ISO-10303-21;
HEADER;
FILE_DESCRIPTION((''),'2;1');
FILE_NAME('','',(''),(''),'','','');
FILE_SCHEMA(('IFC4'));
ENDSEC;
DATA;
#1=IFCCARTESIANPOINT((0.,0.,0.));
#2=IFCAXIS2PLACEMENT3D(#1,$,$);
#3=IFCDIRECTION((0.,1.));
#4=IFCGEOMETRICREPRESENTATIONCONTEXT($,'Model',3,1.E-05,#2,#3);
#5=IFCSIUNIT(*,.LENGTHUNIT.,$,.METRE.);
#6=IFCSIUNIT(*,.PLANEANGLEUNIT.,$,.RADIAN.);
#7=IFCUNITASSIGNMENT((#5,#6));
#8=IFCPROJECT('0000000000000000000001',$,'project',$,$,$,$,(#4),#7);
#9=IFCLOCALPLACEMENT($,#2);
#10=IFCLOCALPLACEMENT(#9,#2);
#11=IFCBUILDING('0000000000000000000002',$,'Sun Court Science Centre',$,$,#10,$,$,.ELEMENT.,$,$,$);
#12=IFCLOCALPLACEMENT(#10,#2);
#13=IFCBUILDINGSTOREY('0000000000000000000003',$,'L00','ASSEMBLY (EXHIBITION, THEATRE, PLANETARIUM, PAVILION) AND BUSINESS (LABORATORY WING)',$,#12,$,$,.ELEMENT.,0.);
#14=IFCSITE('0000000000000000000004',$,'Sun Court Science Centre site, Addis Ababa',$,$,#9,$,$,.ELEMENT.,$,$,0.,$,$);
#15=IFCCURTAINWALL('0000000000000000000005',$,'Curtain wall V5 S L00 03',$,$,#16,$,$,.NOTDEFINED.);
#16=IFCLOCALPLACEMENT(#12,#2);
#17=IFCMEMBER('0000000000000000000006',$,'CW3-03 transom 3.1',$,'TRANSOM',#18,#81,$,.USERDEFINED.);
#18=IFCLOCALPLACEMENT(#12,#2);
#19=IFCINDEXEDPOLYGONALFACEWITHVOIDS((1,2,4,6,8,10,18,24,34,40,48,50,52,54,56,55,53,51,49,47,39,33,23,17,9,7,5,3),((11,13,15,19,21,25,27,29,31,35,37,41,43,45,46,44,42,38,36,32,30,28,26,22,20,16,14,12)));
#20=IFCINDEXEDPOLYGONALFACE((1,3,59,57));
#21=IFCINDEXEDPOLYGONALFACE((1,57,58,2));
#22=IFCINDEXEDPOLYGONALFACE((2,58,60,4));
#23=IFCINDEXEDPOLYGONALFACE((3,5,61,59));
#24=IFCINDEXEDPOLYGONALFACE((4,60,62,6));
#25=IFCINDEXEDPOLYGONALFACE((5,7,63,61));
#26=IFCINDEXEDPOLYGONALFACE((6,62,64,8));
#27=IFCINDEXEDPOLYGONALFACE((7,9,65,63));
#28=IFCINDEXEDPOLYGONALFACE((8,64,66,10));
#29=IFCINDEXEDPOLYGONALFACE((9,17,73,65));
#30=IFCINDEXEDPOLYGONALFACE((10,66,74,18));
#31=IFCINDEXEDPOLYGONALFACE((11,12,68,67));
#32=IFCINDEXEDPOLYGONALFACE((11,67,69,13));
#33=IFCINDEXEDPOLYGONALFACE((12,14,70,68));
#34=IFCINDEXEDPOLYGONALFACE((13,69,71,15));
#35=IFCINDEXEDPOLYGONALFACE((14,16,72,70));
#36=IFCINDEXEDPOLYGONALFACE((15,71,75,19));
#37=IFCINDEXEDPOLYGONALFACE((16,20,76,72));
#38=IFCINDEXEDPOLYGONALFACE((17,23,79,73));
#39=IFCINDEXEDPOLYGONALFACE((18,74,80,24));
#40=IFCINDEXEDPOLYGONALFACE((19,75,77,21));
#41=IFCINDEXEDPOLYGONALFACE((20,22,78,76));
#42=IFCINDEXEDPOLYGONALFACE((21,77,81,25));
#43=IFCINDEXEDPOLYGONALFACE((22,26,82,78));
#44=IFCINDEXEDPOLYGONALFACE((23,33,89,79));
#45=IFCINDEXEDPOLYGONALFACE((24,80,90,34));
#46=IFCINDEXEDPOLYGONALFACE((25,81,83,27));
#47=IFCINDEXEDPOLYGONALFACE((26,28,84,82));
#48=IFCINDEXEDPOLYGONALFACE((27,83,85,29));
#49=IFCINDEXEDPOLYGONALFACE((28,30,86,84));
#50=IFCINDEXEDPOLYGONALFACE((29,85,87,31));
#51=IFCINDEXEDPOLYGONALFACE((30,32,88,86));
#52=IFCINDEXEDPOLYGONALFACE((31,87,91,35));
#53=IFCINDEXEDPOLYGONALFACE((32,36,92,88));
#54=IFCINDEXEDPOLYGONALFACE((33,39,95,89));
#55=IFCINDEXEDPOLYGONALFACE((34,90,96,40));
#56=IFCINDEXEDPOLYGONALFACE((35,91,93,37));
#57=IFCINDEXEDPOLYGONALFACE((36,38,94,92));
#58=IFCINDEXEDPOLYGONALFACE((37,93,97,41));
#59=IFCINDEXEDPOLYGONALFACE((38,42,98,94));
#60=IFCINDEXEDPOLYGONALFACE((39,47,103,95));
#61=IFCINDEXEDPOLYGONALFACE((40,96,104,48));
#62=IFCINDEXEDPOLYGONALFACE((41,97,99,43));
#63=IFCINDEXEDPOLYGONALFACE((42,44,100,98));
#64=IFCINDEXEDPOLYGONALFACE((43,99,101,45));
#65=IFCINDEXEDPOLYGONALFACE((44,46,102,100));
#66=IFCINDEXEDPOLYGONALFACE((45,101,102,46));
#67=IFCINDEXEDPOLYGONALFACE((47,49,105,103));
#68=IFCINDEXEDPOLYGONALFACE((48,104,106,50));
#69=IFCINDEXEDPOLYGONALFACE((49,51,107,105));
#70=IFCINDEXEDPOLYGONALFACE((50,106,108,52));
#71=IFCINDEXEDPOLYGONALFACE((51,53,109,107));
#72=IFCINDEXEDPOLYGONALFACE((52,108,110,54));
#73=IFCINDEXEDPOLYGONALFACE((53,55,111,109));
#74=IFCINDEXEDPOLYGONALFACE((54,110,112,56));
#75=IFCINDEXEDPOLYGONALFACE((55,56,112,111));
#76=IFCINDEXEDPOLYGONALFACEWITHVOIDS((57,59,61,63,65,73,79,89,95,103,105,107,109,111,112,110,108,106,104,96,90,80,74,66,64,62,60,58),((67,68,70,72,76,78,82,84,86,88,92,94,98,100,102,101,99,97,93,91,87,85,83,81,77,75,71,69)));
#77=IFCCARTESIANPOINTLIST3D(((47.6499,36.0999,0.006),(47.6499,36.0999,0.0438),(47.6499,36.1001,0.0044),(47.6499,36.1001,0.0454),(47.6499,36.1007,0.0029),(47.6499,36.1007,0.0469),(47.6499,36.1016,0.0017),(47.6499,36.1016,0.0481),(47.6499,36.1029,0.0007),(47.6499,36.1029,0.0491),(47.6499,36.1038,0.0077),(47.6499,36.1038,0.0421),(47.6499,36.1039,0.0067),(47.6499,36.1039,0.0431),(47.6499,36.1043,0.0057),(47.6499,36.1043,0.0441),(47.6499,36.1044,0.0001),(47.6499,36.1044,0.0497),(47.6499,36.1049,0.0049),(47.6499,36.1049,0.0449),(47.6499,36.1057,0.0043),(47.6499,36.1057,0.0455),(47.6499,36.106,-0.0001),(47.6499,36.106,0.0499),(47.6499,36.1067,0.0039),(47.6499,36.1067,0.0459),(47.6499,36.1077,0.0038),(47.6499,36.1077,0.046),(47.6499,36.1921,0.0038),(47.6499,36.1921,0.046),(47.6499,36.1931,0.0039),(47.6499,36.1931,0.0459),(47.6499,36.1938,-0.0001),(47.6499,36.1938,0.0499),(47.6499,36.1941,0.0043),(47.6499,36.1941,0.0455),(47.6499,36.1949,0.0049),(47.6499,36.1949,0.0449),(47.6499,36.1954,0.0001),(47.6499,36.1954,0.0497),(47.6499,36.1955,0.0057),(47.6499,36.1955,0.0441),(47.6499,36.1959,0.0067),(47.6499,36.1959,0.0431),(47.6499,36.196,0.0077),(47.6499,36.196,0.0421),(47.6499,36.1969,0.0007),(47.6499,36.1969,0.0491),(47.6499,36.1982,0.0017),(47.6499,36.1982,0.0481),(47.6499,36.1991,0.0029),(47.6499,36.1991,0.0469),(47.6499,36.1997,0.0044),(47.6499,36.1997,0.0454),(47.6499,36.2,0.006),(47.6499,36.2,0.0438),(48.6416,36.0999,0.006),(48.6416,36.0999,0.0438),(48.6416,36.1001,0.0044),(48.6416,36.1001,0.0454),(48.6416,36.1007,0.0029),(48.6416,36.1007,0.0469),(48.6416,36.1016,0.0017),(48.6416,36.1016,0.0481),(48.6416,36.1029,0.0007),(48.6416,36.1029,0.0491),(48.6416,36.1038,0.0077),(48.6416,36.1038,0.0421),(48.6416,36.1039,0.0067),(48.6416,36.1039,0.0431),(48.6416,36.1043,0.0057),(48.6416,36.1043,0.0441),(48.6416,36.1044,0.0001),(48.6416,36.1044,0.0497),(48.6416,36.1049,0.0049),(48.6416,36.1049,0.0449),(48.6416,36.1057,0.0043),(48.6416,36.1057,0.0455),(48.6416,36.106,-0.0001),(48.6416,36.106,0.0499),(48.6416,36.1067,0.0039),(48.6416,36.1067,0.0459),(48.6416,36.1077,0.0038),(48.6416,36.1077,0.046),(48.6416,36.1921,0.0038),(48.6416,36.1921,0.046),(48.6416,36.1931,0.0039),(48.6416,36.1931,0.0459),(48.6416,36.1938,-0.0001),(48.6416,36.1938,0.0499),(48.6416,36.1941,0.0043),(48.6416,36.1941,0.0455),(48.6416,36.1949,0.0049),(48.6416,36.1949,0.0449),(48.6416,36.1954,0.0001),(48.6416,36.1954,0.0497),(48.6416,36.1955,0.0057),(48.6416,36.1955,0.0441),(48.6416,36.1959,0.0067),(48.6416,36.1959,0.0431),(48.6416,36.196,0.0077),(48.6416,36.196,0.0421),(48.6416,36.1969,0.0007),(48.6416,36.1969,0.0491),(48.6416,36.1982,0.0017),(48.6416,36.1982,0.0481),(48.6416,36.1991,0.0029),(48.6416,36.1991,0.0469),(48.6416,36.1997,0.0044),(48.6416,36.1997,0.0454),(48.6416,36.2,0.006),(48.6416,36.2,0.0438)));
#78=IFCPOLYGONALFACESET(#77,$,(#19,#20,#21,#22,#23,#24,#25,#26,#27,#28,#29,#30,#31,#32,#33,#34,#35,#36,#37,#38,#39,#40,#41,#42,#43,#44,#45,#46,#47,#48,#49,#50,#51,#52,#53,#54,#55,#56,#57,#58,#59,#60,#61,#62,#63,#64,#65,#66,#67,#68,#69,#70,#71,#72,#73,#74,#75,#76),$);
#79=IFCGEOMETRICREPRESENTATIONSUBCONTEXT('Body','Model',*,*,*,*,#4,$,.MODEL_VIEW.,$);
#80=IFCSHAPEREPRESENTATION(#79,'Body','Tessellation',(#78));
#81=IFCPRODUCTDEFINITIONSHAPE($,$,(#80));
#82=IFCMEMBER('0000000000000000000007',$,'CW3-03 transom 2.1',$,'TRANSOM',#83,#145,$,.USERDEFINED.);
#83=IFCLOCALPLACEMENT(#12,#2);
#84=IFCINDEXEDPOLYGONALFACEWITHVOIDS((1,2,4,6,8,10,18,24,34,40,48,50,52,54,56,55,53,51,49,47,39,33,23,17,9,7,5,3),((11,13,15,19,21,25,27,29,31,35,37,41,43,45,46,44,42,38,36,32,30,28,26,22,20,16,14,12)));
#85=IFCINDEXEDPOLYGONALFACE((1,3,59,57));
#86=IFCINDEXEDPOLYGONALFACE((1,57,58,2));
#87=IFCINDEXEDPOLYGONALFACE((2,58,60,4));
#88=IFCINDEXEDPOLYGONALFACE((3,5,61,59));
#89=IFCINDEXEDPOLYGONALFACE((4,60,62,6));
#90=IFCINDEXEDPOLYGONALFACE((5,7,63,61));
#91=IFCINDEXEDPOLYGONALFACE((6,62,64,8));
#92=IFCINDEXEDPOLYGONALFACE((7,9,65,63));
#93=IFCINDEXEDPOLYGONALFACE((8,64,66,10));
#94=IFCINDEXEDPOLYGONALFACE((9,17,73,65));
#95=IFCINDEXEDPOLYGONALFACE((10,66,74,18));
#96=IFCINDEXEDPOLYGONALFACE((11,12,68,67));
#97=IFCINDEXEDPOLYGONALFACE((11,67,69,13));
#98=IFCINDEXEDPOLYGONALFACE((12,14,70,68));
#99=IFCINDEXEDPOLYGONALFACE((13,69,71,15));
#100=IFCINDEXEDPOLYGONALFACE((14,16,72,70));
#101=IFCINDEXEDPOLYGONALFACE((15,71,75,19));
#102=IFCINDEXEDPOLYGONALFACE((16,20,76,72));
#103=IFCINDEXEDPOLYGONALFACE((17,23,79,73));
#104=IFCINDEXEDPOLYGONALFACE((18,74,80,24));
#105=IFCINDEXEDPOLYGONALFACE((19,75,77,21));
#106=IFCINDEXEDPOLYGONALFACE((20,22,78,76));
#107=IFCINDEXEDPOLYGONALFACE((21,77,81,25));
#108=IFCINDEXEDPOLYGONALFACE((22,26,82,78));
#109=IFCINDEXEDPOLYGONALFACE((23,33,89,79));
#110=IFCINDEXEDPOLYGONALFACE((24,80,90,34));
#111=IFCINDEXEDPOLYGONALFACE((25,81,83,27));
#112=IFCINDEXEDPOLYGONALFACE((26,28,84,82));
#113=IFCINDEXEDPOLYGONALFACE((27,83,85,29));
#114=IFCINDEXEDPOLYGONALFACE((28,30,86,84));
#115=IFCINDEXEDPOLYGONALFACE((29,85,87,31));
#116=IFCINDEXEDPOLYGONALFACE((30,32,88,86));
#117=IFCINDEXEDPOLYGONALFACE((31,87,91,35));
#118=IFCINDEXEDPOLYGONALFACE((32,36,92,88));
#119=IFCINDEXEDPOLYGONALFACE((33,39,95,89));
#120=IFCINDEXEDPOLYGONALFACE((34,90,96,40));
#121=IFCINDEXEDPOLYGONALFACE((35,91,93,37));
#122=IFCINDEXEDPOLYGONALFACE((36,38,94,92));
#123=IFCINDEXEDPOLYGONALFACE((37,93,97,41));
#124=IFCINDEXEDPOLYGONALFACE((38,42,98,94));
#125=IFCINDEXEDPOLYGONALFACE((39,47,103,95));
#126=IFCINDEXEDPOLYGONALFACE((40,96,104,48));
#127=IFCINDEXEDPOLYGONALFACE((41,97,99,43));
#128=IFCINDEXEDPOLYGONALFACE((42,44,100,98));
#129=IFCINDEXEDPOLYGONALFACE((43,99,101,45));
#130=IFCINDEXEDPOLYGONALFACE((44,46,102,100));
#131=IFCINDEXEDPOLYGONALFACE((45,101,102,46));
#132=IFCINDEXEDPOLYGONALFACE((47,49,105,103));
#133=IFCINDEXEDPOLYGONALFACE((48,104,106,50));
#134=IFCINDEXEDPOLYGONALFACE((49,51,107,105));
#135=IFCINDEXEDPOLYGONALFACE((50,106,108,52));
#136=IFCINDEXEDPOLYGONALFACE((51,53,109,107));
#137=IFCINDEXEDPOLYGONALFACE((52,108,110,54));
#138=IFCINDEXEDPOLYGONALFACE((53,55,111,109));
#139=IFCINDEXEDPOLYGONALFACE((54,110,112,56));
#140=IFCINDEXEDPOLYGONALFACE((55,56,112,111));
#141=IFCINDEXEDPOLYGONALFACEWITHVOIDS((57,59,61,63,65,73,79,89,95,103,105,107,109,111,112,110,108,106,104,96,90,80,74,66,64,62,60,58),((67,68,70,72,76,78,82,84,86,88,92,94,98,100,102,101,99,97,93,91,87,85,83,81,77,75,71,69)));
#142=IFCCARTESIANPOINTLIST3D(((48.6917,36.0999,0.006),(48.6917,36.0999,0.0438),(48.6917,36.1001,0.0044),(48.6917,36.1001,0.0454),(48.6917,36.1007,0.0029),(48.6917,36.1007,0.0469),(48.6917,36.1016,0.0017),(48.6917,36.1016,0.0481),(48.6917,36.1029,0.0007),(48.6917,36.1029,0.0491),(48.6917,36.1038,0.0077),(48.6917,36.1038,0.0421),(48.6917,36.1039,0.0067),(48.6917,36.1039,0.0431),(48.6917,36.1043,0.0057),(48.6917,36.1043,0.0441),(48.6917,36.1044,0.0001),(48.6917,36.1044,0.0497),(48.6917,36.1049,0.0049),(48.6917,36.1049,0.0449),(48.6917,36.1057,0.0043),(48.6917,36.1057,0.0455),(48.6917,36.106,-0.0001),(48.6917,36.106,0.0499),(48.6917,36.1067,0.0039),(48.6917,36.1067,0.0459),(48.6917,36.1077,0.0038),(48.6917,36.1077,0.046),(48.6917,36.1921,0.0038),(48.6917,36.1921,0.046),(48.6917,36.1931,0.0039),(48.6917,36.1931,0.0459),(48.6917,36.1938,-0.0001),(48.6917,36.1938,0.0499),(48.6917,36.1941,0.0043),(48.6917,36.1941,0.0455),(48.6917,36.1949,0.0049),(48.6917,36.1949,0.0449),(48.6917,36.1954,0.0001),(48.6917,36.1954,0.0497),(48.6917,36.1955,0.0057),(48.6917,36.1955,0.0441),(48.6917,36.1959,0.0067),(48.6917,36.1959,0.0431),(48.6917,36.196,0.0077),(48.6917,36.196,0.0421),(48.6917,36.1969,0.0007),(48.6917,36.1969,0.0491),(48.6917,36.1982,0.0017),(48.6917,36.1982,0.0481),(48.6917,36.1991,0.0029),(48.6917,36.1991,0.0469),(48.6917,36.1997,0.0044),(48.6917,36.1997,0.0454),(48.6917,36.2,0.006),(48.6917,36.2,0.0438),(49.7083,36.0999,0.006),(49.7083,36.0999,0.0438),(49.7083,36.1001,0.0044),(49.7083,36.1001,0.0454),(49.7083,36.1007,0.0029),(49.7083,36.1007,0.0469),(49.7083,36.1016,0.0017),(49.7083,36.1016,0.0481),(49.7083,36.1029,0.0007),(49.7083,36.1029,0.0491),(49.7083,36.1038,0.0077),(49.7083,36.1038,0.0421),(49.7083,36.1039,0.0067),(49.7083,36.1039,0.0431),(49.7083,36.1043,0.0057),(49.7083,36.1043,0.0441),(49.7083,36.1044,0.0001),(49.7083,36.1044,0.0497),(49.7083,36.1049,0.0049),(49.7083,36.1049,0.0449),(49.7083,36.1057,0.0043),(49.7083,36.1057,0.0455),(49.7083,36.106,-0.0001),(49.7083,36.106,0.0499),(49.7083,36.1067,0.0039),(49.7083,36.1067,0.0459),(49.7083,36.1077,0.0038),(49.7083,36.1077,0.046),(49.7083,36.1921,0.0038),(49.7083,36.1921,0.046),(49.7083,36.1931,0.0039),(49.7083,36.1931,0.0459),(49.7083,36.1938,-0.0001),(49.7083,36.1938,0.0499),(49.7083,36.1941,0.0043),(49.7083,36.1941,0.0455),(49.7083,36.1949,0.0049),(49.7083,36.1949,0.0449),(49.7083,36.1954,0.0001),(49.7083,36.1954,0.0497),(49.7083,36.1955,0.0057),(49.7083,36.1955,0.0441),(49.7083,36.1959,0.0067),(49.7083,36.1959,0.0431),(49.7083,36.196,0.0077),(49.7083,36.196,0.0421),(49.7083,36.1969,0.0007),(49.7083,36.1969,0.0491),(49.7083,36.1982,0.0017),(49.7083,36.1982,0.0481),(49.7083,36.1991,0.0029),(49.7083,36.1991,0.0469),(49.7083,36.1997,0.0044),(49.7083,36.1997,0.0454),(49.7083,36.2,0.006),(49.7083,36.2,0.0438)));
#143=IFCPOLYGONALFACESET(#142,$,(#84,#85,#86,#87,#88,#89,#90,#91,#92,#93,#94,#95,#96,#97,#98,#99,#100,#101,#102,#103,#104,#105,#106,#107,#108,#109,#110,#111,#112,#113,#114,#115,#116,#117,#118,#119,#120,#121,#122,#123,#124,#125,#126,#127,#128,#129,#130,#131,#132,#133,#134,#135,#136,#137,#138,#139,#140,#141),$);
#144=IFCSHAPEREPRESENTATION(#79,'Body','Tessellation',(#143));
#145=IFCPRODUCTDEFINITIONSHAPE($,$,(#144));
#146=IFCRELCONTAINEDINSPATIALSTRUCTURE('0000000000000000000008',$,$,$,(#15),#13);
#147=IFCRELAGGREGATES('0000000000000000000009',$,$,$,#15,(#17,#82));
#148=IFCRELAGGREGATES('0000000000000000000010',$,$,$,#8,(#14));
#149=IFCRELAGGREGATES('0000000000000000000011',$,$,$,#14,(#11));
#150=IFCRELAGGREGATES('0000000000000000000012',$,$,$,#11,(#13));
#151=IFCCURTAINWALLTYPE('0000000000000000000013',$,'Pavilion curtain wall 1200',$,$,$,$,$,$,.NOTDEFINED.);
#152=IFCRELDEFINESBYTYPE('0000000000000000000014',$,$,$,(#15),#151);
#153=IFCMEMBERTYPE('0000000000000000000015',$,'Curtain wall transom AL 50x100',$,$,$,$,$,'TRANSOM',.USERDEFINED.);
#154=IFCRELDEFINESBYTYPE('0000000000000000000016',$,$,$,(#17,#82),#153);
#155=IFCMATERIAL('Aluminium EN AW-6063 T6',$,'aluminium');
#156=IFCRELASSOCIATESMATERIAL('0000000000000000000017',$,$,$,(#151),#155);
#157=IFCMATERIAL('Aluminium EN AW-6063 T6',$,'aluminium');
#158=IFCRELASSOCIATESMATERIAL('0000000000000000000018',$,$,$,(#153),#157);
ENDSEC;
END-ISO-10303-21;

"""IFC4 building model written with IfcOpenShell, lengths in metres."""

from ifc_helpers import new_model, si_unit, direction, frame, origin, origin_2d, place, context, subcontext, project, spatial, hollow_rectangle, extrude, material, material_profile, profile_set, type_object, element, aggregate, save


model = new_model("IFC4")

# Units and contexts
model_context = context("Model", 3, precision=1e-05, world=origin(), true_north=direction((0.0, 1.0)))
body_context = subcontext(model_context, "Body", "Model", "MODEL_VIEW")
ifc_project = project(units=[si_unit("LENGTHUNIT", "METRE"), si_unit("PLANEANGLEUNIT", "RADIAN")], contexts=[model_context])

# Site, building, storey
site_placement = place(None, origin())
site = spatial("IfcSite", under=ifc_project, at=site_placement, Name="Sun Court Science Centre site, Addis Ababa", CompositionType="ELEMENT", RefElevation=0.0)
building_placement = place(site_placement, origin())
building = spatial("IfcBuilding", under=site, at=building_placement, Name="Sun Court Science Centre", CompositionType="ELEMENT")
storey_placement = place(building_placement, origin())
storey = spatial("IfcBuildingStorey", under=building, at=storey_placement, Name="L00", Description="ASSEMBLY (EXHIBITION, THEATRE, PLANETARIUM, PAVILION) AND BUSINESS (LABORATORY WING)", CompositionType="ELEMENT", Elevation=0.0)

# Shared definitions
ifc_material_1 = material(Name="Aluminium EN AW-6063 T6", Category="aluminium")
curtain_wall_type = type_object("IfcCurtainWallType", Name="Pavilion curtain wall 1200", PredefinedType="NOTDEFINED", material=ifc_material_1)

# Curtain wall
curtain_wall_1_placement = place(storey_placement, origin())
curtain_wall_1 = element("IfcCurtainWall", 1, at=curtain_wall_1_placement, inside=storey, type_object=curtain_wall_type, Name="Curtain wall V5 S L00 03", PredefinedType="NOTDEFINED")

# Members
ifc_material_2 = material(Name="Aluminium EN AW-6063 T6", Category="aluminium")
ifc_material_profile_1 = material_profile(ifc_material_2, hollow_rectangle(XDim=0.05, YDim=0.1001, WallThickness=0.0039, InnerFilletRadius=0.0039, OuterFilletRadius=0.0061, at=origin_2d()), Name="AL 50x100x4")
ifc_profile_set_1 = profile_set([ifc_material_profile_1], Name="Aluminium EN AW-6063 T6")
member_type_1 = type_object("IfcMemberType", Name="Curtain wall transom AL 50x100", ElementType="TRANSOM", PredefinedType="USERDEFINED", material=ifc_profile_set_1)
member_1_placement = place(storey_placement, frame((48.6416, 36.1499, 0.0249), z_axis=(-1.0, 0.0, 0.0), x_axis=(0.0, 0.0, 1.0)))
member_1 = element("IfcMember", 2, at=member_1_placement, type_object=member_type_1, Name="CW3-03 transom 3.1", ObjectType="TRANSOM", PredefinedType="USERDEFINED", context=body_context, shape_type="SweptSolid", body=[
    extrude(hollow_rectangle(XDim=0.05, YDim=0.1001, WallThickness=0.0039, InnerFilletRadius=0.0039, OuterFilletRadius=0.0061, at=origin_2d()), origin(), (0.0, 0.0, 1.0), 0.9917),
])
member_2_placement = place(storey_placement, frame((49.7083, 36.1499, 0.0249), z_axis=(-1.0, 0.0, 0.0), x_axis=(0.0, 0.0, 1.0)))
member_2 = element("IfcMember", 3, at=member_2_placement, type_object=member_type_1, Name="CW3-03 transom 2.1", ObjectType="TRANSOM", PredefinedType="USERDEFINED", context=body_context, shape_type="SweptSolid", body=[
    extrude(hollow_rectangle(XDim=0.05, YDim=0.1001, WallThickness=0.0039, InnerFilletRadius=0.0039, OuterFilletRadius=0.0061, at=origin_2d()), origin(), (0.0, 0.0, 1.0), 1.0166),
])

aggregate(curtain_wall_1, [member_1, member_2])

save(model, "model.ifc")
